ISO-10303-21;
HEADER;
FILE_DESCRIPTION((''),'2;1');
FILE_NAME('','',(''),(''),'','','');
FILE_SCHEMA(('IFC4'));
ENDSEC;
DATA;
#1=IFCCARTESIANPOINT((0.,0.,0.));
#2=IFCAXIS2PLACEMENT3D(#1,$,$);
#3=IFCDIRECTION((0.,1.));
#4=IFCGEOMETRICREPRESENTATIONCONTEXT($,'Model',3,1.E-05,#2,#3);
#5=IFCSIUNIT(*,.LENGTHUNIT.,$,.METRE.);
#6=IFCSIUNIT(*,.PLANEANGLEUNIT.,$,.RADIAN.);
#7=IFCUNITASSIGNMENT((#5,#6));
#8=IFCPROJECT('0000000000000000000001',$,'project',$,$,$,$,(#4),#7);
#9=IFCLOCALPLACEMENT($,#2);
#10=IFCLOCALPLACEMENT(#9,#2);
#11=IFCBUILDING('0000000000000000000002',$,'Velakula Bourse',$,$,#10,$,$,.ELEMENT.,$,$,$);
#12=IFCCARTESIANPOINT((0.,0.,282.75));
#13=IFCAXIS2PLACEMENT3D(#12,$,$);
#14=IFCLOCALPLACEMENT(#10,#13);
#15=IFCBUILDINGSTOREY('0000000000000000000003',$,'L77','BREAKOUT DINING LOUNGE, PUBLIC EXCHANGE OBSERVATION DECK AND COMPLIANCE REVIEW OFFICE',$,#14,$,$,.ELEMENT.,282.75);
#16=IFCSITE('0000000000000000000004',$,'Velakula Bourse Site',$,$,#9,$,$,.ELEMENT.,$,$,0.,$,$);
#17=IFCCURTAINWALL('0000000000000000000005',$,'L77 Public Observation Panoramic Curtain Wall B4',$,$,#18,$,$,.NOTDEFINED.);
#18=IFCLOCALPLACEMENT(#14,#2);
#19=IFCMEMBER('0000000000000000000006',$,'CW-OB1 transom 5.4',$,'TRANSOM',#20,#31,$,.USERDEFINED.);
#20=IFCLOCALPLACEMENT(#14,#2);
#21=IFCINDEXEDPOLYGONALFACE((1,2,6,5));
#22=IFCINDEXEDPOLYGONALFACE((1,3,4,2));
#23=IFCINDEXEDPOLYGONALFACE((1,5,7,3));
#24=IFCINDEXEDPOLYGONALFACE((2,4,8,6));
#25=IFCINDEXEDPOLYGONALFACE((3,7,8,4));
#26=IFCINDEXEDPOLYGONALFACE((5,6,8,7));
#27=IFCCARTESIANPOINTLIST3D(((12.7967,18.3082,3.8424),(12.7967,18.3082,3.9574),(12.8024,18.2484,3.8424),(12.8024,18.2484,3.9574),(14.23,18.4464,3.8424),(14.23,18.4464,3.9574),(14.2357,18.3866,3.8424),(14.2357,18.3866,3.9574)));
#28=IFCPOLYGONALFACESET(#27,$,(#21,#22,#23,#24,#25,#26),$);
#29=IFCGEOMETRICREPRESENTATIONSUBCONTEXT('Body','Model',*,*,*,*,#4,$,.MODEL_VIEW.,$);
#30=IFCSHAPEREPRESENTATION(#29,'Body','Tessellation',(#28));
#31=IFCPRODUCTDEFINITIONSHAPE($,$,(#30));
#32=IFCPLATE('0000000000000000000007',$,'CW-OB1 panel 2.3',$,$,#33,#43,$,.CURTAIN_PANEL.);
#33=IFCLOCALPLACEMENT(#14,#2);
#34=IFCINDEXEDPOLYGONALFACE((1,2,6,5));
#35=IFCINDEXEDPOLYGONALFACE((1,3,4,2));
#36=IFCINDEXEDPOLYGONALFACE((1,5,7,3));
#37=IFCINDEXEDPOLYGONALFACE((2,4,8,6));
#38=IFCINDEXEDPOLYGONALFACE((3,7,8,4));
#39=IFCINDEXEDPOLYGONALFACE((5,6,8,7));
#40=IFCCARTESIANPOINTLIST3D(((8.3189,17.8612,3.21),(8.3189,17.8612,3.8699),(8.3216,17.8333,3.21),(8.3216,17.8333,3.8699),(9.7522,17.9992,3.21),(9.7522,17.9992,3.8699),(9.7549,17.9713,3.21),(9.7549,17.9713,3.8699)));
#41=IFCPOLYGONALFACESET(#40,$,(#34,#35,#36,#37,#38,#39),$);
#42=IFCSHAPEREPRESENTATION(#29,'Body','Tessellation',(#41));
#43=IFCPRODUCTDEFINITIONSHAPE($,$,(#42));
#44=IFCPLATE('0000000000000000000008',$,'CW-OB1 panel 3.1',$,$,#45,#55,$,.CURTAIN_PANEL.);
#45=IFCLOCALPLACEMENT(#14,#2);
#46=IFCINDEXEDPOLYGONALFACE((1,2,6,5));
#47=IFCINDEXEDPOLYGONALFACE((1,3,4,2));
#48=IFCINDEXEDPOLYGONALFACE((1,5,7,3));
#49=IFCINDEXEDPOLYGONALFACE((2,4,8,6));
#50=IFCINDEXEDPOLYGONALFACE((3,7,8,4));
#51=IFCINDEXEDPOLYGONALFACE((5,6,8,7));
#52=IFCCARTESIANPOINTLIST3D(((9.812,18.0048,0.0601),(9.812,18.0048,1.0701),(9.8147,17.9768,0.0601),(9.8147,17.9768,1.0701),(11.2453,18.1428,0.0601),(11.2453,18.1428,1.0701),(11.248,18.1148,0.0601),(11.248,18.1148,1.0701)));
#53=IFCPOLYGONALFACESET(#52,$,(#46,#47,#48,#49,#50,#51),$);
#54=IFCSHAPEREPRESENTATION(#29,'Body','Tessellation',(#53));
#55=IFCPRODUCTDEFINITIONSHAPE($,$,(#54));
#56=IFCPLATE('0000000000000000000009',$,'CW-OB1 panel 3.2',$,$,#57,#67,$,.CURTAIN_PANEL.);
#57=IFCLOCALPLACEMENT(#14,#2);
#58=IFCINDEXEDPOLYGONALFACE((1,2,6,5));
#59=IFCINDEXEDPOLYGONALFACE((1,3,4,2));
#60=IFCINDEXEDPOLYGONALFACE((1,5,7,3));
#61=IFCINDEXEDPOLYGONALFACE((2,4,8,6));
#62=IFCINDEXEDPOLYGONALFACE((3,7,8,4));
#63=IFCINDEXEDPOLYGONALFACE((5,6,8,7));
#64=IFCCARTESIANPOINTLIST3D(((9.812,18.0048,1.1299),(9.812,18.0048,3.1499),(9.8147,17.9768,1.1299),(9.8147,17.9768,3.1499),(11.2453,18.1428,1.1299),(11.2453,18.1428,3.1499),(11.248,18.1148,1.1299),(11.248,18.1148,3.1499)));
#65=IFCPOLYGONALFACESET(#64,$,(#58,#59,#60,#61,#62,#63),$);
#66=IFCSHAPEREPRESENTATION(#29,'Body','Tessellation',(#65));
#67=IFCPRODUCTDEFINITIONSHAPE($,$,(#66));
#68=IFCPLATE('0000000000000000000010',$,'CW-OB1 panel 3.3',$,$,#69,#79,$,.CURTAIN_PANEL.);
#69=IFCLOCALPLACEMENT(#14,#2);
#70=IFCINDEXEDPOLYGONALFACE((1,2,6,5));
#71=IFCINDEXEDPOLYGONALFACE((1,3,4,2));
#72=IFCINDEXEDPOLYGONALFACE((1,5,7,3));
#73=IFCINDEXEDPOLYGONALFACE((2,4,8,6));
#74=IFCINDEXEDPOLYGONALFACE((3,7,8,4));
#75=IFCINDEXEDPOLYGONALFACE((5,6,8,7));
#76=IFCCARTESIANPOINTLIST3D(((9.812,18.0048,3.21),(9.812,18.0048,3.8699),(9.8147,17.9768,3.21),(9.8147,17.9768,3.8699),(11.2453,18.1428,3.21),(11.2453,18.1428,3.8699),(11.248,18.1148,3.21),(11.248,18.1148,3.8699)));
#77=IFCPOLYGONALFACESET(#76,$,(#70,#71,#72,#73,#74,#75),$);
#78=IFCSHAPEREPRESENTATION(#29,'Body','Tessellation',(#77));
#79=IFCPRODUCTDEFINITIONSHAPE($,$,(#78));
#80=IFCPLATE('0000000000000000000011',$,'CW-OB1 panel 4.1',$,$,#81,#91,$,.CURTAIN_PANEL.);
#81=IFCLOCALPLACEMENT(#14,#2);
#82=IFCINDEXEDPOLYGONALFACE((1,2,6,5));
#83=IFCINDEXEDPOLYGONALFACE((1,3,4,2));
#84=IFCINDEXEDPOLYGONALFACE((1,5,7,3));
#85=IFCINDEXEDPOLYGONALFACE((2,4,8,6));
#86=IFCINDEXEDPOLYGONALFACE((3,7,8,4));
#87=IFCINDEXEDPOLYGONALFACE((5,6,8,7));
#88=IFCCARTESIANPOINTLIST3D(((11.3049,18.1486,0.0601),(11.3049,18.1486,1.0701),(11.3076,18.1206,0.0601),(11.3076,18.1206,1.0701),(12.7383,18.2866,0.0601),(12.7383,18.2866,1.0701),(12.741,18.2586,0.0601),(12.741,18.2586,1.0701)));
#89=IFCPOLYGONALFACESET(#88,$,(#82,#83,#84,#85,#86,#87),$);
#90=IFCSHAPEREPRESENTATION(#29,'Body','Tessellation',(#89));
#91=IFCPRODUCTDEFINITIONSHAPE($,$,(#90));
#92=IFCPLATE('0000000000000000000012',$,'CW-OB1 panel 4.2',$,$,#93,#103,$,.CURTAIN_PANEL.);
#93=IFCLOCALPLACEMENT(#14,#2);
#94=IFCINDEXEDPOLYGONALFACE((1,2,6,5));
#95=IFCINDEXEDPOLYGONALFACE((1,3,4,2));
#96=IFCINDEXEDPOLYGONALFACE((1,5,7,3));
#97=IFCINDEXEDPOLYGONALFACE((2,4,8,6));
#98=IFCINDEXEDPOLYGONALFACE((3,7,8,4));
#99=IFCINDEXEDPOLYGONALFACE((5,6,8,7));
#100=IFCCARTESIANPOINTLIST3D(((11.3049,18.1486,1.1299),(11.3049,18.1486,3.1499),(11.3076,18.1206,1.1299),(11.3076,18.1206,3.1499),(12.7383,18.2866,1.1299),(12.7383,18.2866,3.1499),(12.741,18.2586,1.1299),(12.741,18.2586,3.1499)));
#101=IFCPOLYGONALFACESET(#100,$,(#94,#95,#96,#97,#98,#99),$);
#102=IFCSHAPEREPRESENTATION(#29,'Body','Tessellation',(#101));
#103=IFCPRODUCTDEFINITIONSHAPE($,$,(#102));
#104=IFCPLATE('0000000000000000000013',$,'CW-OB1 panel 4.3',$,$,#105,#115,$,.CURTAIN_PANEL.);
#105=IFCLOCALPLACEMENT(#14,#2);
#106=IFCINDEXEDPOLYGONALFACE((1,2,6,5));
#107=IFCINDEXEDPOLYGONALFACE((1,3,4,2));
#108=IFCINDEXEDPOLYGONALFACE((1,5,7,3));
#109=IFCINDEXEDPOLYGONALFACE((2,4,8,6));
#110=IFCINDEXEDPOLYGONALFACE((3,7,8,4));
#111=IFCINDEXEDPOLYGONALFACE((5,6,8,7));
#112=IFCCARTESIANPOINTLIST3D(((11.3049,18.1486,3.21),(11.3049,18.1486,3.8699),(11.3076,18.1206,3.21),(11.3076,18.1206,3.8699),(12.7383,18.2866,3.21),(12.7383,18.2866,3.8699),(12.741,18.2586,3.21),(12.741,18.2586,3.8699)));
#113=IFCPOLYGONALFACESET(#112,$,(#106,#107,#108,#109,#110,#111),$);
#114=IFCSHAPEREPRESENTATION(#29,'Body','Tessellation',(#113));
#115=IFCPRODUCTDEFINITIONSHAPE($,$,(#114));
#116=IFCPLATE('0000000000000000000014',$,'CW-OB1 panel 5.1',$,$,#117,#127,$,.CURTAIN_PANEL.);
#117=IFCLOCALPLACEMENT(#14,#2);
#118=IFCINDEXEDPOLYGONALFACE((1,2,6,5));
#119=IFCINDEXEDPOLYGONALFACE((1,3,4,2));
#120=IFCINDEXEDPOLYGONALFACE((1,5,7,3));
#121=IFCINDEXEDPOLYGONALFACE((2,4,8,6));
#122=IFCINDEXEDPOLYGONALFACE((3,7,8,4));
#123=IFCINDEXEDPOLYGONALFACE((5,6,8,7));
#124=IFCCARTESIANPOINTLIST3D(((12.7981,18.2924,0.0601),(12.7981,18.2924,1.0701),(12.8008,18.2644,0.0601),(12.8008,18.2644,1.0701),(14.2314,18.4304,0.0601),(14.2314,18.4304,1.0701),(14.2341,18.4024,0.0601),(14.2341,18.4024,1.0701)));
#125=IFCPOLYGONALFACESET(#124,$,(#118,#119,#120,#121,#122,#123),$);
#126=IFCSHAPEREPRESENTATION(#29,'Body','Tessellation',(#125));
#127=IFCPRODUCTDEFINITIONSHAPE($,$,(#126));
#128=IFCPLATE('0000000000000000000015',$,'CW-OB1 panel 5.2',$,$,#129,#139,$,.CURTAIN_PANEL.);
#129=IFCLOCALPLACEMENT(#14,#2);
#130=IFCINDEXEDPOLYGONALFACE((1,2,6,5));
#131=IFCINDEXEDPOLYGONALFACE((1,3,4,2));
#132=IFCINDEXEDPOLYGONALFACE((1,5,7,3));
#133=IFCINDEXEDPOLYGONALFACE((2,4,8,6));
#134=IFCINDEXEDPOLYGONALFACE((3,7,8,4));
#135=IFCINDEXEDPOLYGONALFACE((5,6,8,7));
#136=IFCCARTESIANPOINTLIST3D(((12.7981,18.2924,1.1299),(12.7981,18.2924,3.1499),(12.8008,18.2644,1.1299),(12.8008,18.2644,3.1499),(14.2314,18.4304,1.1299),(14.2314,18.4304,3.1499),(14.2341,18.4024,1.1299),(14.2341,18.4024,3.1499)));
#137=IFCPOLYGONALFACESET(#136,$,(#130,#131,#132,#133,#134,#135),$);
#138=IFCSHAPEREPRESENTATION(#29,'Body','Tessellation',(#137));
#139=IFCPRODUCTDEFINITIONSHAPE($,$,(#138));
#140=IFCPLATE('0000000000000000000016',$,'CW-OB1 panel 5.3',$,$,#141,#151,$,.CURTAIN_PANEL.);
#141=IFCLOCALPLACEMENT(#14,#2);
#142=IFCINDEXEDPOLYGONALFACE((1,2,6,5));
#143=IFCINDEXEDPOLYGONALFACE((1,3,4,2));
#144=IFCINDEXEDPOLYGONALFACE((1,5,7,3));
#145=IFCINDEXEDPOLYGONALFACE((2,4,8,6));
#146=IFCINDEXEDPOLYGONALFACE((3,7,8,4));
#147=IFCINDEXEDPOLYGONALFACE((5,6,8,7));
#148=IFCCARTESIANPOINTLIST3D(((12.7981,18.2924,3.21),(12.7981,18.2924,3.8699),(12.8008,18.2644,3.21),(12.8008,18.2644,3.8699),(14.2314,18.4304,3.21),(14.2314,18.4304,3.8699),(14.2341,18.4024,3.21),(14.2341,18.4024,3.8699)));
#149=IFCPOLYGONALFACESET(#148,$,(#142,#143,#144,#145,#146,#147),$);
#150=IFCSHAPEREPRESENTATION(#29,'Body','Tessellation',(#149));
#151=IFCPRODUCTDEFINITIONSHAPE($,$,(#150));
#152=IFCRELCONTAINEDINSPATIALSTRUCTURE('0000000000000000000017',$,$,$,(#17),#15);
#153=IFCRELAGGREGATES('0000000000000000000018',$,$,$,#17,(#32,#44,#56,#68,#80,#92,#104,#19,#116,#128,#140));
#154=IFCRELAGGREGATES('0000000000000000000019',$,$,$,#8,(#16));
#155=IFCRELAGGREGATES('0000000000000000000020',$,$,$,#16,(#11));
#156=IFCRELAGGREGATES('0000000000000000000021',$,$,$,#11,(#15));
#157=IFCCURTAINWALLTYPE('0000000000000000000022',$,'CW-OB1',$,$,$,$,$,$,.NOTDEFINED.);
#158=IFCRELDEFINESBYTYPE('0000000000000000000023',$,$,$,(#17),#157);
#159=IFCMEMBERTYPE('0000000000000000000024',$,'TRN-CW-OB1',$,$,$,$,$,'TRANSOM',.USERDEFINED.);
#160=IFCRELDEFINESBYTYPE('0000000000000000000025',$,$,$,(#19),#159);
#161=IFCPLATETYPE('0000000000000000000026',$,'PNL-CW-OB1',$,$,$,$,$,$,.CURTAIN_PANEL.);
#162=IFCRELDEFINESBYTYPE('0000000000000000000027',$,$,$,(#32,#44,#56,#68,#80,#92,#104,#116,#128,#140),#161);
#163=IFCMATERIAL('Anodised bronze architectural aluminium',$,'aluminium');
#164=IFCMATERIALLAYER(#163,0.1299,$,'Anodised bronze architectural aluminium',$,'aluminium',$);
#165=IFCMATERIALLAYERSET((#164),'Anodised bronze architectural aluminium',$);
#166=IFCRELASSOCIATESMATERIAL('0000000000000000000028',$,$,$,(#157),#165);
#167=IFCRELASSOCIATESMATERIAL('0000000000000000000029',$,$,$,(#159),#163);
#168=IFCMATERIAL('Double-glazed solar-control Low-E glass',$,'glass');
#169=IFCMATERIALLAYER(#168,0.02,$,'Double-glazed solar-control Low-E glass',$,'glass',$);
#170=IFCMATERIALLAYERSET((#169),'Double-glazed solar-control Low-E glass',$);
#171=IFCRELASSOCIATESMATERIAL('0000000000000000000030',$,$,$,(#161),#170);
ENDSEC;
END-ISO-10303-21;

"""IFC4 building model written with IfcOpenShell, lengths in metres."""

from ifc_helpers import new_model, si_unit, direction, frame, origin, origin_2d, place, context, subcontext, project, spatial, rectangle, extrude, material, layer, layer_set, material_profile, profile_set, type_object, element, aggregate, save


model = new_model("IFC4")

# Units and contexts
model_context = context("Model", 3, precision=1e-05, world=origin(), true_north=direction((0.0, 1.0)))
body_context = subcontext(model_context, "Body", "Model", "MODEL_VIEW")
ifc_project = project(units=[si_unit("LENGTHUNIT", "METRE"), si_unit("PLANEANGLEUNIT", "RADIAN")], contexts=[model_context])

# Site, building, storey
site_placement = place(None, origin())
site = spatial("IfcSite", under=ifc_project, at=site_placement, Name="Velakula Bourse Site", CompositionType="ELEMENT", RefElevation=0.0)
building_placement = place(site_placement, origin())
building = spatial("IfcBuilding", under=site, at=building_placement, Name="Velakula Bourse", CompositionType="ELEMENT")
storey_placement = place(building_placement, frame((0.0, 0.0, 282.75)))
storey = spatial("IfcBuildingStorey", under=building, at=storey_placement, Name="L77", Description="BREAKOUT DINING LOUNGE, PUBLIC EXCHANGE OBSERVATION DECK AND COMPLIANCE REVIEW OFFICE", CompositionType="ELEMENT", Elevation=282.75)

# Curtain wall, member, plates
ifc_material_1 = material(Name="Anodised bronze architectural aluminium", Category="aluminium")
ifc_layer_1 = layer(ifc_material_1, 0.1299, Name="Anodised bronze architectural aluminium", Category="aluminium")
ifc_layer_set_1 = layer_set([ifc_layer_1], Name="Anodised bronze architectural aluminium")
curtain_wall_type = type_object("IfcCurtainWallType", Name="CW-OB1", PredefinedType="NOTDEFINED", material=ifc_layer_set_1)
curtain_wall_placement = place(storey_placement, origin())
curtain_wall = element("IfcCurtainWall", 1, at=curtain_wall_placement, inside=storey, type_object=curtain_wall_type, Name="L77 Public Observation Panoramic Curtain Wall B4", PredefinedType="NOTDEFINED")
ifc_material_profile_1 = material_profile(ifc_material_1, rectangle(XDim=0.0601, YDim=0.115, at=origin_2d()), Name="Anodised bronze architectural aluminium")
ifc_profile_set_1 = profile_set([ifc_material_profile_1], Name="Anodised bronze architectural aluminium")
member_type_1 = type_object("IfcMemberType", Name="TRN-CW-OB1", ElementType="TRANSOM", PredefinedType="USERDEFINED", material=ifc_profile_set_1)
member_1_placement = place(storey_placement, frame((12.7996, 18.2783, 3.8999), z_axis=(0.995385, 0.095961, 0.0), x_axis=(-0.095961, 0.995385, 0.0)))
member_1 = element("IfcMember", 2, at=member_1_placement, type_object=member_type_1, Name="CW-OB1 transom 5.4", ObjectType="TRANSOM", PredefinedType="USERDEFINED", context=body_context, shape_type="SweptSolid", body=[
    extrude(rectangle(XDim=0.0601, YDim=0.115, at=origin_2d()), origin(), (0.0, 0.0, 1.0), 1.4399),
])
ifc_material_2 = material(Name="Double-glazed solar-control Low-E glass", Category="glass")
ifc_layer_2 = layer(ifc_material_2, 0.02, Name="Double-glazed solar-control Low-E glass", Category="glass")
ifc_layer_set_2 = layer_set([ifc_layer_2], Name="Double-glazed solar-control Low-E glass")
plate_type = type_object("IfcPlateType", Name="PNL-CW-OB1", PredefinedType="CURTAIN_PANEL", material=ifc_layer_set_2)
plate_1_placement = place(storey_placement, frame((9.0369, 17.9163, 3.21), z_axis=(0.0, 0.0, 1.0), x_axis=(0.995396, 0.095844, 0.0)))
plate_1 = element("IfcPlate", 3, at=plate_1_placement, type_object=plate_type, Name="CW-OB1 panel 2.3", PredefinedType="CURTAIN_PANEL", context=body_context, shape_type="SweptSolid", body=[
    extrude(rectangle(XDim=1.4399, YDim=0.0281, at=origin_2d()), origin(), (0.0, 0.0, 1.0), 0.6599),
])
plate_2_placement = place(storey_placement, frame((10.53, 18.0598, 0.0601), z_axis=(0.0, 0.0, 1.0), x_axis=(0.995396, 0.095844, 0.0)))
plate_2 = element("IfcPlate", 4, at=plate_2_placement, type_object=plate_type, Name="CW-OB1 panel 3.1", PredefinedType="CURTAIN_PANEL", context=body_context, shape_type="SweptSolid", body=[
    extrude(rectangle(XDim=1.4399, YDim=0.0281, at=origin_2d()), origin(), (0.0, 0.0, 1.0), 1.01),
])
plate_3_placement = place(storey_placement, frame((10.53, 18.0598, 1.1299), z_axis=(0.0, 0.0, 1.0), x_axis=(0.995396, 0.095844, 0.0)))
plate_3 = element("IfcPlate", 5, at=plate_3_placement, type_object=plate_type, Name="CW-OB1 panel 3.2", PredefinedType="CURTAIN_PANEL", context=body_context, shape_type="SweptSolid", body=[
    extrude(rectangle(XDim=1.4399, YDim=0.0281, at=origin_2d()), origin(), (0.0, 0.0, 1.0), 2.02),
])
plate_4_placement = place(storey_placement, frame((10.53, 18.0598, 3.21), z_axis=(0.0, 0.0, 1.0), x_axis=(0.995396, 0.095844, 0.0)))
plate_4 = element("IfcPlate", 6, at=plate_4_placement, type_object=plate_type, Name="CW-OB1 panel 3.3", PredefinedType="CURTAIN_PANEL", context=body_context, shape_type="SweptSolid", body=[
    extrude(rectangle(XDim=1.4399, YDim=0.0281, at=origin_2d()), origin(), (0.0, 0.0, 1.0), 0.6599),
])
plate_5_placement = place(storey_placement, frame((12.0229, 18.2036, 0.0601), z_axis=(0.0, 0.0, 1.0), x_axis=(0.995396, 0.095844, 0.0)))
plate_5 = element("IfcPlate", 7, at=plate_5_placement, type_object=plate_type, Name="CW-OB1 panel 4.1", PredefinedType="CURTAIN_PANEL", context=body_context, shape_type="SweptSolid", body=[
    extrude(rectangle(XDim=1.4399, YDim=0.0281, at=origin_2d()), origin(), (0.0, 0.0, 1.0), 1.01),
])
plate_6_placement = place(storey_placement, frame((12.0229, 18.2036, 1.1299), z_axis=(0.0, 0.0, 1.0), x_axis=(0.995396, 0.095844, 0.0)))
plate_6 = element("IfcPlate", 8, at=plate_6_placement, type_object=plate_type, Name="CW-OB1 panel 4.2", PredefinedType="CURTAIN_PANEL", context=body_context, shape_type="SweptSolid", body=[
    extrude(rectangle(XDim=1.4399, YDim=0.0281, at=origin_2d()), origin(), (0.0, 0.0, 1.0), 2.02),
])
plate_7_placement = place(storey_placement, frame((12.0229, 18.2036, 3.21), z_axis=(0.0, 0.0, 1.0), x_axis=(0.995396, 0.095844, 0.0)))
plate_7 = element("IfcPlate", 9, at=plate_7_placement, type_object=plate_type, Name="CW-OB1 panel 4.3", PredefinedType="CURTAIN_PANEL", context=body_context, shape_type="SweptSolid", body=[
    extrude(rectangle(XDim=1.4399, YDim=0.0281, at=origin_2d()), origin(), (0.0, 0.0, 1.0), 0.6599),
])
plate_8_placement = place(storey_placement, frame((13.5161, 18.3474, 0.0601), z_axis=(0.0, 0.0, 1.0), x_axis=(0.995396, 0.095844, 0.0)))
plate_8 = element("IfcPlate", 10, at=plate_8_placement, type_object=plate_type, Name="CW-OB1 panel 5.1", PredefinedType="CURTAIN_PANEL", context=body_context, shape_type="SweptSolid", body=[
    extrude(rectangle(XDim=1.4399, YDim=0.0281, at=origin_2d()), origin(), (0.0, 0.0, 1.0), 1.01),
])
plate_9_placement = place(storey_placement, frame((13.5161, 18.3474, 1.1299), z_axis=(0.0, 0.0, 1.0), x_axis=(0.995396, 0.095844, 0.0)))
plate_9 = element("IfcPlate", 11, at=plate_9_placement, type_object=plate_type, Name="CW-OB1 panel 5.2", PredefinedType="CURTAIN_PANEL", context=body_context, shape_type="SweptSolid", body=[
    extrude(rectangle(XDim=1.4399, YDim=0.0281, at=origin_2d()), origin(), (0.0, 0.0, 1.0), 2.02),
])
plate_10_placement = place(storey_placement, frame((13.5161, 18.3474, 3.21), z_axis=(0.0, 0.0, 1.0), x_axis=(0.995396, 0.095844, 0.0)))
plate_10 = element("IfcPlate", 12, at=plate_10_placement, type_object=plate_type, Name="CW-OB1 panel 5.3", PredefinedType="CURTAIN_PANEL", context=body_context, shape_type="SweptSolid", body=[
    extrude(rectangle(XDim=1.4399, YDim=0.0281, at=origin_2d()), origin(), (0.0, 0.0, 1.0), 0.6599),
])
aggregate(curtain_wall, [plate_1, plate_2, plate_3, plate_4, plate_5, plate_6, plate_7, member_1, plate_8, plate_9, plate_10])

save(model, "model.ifc")
